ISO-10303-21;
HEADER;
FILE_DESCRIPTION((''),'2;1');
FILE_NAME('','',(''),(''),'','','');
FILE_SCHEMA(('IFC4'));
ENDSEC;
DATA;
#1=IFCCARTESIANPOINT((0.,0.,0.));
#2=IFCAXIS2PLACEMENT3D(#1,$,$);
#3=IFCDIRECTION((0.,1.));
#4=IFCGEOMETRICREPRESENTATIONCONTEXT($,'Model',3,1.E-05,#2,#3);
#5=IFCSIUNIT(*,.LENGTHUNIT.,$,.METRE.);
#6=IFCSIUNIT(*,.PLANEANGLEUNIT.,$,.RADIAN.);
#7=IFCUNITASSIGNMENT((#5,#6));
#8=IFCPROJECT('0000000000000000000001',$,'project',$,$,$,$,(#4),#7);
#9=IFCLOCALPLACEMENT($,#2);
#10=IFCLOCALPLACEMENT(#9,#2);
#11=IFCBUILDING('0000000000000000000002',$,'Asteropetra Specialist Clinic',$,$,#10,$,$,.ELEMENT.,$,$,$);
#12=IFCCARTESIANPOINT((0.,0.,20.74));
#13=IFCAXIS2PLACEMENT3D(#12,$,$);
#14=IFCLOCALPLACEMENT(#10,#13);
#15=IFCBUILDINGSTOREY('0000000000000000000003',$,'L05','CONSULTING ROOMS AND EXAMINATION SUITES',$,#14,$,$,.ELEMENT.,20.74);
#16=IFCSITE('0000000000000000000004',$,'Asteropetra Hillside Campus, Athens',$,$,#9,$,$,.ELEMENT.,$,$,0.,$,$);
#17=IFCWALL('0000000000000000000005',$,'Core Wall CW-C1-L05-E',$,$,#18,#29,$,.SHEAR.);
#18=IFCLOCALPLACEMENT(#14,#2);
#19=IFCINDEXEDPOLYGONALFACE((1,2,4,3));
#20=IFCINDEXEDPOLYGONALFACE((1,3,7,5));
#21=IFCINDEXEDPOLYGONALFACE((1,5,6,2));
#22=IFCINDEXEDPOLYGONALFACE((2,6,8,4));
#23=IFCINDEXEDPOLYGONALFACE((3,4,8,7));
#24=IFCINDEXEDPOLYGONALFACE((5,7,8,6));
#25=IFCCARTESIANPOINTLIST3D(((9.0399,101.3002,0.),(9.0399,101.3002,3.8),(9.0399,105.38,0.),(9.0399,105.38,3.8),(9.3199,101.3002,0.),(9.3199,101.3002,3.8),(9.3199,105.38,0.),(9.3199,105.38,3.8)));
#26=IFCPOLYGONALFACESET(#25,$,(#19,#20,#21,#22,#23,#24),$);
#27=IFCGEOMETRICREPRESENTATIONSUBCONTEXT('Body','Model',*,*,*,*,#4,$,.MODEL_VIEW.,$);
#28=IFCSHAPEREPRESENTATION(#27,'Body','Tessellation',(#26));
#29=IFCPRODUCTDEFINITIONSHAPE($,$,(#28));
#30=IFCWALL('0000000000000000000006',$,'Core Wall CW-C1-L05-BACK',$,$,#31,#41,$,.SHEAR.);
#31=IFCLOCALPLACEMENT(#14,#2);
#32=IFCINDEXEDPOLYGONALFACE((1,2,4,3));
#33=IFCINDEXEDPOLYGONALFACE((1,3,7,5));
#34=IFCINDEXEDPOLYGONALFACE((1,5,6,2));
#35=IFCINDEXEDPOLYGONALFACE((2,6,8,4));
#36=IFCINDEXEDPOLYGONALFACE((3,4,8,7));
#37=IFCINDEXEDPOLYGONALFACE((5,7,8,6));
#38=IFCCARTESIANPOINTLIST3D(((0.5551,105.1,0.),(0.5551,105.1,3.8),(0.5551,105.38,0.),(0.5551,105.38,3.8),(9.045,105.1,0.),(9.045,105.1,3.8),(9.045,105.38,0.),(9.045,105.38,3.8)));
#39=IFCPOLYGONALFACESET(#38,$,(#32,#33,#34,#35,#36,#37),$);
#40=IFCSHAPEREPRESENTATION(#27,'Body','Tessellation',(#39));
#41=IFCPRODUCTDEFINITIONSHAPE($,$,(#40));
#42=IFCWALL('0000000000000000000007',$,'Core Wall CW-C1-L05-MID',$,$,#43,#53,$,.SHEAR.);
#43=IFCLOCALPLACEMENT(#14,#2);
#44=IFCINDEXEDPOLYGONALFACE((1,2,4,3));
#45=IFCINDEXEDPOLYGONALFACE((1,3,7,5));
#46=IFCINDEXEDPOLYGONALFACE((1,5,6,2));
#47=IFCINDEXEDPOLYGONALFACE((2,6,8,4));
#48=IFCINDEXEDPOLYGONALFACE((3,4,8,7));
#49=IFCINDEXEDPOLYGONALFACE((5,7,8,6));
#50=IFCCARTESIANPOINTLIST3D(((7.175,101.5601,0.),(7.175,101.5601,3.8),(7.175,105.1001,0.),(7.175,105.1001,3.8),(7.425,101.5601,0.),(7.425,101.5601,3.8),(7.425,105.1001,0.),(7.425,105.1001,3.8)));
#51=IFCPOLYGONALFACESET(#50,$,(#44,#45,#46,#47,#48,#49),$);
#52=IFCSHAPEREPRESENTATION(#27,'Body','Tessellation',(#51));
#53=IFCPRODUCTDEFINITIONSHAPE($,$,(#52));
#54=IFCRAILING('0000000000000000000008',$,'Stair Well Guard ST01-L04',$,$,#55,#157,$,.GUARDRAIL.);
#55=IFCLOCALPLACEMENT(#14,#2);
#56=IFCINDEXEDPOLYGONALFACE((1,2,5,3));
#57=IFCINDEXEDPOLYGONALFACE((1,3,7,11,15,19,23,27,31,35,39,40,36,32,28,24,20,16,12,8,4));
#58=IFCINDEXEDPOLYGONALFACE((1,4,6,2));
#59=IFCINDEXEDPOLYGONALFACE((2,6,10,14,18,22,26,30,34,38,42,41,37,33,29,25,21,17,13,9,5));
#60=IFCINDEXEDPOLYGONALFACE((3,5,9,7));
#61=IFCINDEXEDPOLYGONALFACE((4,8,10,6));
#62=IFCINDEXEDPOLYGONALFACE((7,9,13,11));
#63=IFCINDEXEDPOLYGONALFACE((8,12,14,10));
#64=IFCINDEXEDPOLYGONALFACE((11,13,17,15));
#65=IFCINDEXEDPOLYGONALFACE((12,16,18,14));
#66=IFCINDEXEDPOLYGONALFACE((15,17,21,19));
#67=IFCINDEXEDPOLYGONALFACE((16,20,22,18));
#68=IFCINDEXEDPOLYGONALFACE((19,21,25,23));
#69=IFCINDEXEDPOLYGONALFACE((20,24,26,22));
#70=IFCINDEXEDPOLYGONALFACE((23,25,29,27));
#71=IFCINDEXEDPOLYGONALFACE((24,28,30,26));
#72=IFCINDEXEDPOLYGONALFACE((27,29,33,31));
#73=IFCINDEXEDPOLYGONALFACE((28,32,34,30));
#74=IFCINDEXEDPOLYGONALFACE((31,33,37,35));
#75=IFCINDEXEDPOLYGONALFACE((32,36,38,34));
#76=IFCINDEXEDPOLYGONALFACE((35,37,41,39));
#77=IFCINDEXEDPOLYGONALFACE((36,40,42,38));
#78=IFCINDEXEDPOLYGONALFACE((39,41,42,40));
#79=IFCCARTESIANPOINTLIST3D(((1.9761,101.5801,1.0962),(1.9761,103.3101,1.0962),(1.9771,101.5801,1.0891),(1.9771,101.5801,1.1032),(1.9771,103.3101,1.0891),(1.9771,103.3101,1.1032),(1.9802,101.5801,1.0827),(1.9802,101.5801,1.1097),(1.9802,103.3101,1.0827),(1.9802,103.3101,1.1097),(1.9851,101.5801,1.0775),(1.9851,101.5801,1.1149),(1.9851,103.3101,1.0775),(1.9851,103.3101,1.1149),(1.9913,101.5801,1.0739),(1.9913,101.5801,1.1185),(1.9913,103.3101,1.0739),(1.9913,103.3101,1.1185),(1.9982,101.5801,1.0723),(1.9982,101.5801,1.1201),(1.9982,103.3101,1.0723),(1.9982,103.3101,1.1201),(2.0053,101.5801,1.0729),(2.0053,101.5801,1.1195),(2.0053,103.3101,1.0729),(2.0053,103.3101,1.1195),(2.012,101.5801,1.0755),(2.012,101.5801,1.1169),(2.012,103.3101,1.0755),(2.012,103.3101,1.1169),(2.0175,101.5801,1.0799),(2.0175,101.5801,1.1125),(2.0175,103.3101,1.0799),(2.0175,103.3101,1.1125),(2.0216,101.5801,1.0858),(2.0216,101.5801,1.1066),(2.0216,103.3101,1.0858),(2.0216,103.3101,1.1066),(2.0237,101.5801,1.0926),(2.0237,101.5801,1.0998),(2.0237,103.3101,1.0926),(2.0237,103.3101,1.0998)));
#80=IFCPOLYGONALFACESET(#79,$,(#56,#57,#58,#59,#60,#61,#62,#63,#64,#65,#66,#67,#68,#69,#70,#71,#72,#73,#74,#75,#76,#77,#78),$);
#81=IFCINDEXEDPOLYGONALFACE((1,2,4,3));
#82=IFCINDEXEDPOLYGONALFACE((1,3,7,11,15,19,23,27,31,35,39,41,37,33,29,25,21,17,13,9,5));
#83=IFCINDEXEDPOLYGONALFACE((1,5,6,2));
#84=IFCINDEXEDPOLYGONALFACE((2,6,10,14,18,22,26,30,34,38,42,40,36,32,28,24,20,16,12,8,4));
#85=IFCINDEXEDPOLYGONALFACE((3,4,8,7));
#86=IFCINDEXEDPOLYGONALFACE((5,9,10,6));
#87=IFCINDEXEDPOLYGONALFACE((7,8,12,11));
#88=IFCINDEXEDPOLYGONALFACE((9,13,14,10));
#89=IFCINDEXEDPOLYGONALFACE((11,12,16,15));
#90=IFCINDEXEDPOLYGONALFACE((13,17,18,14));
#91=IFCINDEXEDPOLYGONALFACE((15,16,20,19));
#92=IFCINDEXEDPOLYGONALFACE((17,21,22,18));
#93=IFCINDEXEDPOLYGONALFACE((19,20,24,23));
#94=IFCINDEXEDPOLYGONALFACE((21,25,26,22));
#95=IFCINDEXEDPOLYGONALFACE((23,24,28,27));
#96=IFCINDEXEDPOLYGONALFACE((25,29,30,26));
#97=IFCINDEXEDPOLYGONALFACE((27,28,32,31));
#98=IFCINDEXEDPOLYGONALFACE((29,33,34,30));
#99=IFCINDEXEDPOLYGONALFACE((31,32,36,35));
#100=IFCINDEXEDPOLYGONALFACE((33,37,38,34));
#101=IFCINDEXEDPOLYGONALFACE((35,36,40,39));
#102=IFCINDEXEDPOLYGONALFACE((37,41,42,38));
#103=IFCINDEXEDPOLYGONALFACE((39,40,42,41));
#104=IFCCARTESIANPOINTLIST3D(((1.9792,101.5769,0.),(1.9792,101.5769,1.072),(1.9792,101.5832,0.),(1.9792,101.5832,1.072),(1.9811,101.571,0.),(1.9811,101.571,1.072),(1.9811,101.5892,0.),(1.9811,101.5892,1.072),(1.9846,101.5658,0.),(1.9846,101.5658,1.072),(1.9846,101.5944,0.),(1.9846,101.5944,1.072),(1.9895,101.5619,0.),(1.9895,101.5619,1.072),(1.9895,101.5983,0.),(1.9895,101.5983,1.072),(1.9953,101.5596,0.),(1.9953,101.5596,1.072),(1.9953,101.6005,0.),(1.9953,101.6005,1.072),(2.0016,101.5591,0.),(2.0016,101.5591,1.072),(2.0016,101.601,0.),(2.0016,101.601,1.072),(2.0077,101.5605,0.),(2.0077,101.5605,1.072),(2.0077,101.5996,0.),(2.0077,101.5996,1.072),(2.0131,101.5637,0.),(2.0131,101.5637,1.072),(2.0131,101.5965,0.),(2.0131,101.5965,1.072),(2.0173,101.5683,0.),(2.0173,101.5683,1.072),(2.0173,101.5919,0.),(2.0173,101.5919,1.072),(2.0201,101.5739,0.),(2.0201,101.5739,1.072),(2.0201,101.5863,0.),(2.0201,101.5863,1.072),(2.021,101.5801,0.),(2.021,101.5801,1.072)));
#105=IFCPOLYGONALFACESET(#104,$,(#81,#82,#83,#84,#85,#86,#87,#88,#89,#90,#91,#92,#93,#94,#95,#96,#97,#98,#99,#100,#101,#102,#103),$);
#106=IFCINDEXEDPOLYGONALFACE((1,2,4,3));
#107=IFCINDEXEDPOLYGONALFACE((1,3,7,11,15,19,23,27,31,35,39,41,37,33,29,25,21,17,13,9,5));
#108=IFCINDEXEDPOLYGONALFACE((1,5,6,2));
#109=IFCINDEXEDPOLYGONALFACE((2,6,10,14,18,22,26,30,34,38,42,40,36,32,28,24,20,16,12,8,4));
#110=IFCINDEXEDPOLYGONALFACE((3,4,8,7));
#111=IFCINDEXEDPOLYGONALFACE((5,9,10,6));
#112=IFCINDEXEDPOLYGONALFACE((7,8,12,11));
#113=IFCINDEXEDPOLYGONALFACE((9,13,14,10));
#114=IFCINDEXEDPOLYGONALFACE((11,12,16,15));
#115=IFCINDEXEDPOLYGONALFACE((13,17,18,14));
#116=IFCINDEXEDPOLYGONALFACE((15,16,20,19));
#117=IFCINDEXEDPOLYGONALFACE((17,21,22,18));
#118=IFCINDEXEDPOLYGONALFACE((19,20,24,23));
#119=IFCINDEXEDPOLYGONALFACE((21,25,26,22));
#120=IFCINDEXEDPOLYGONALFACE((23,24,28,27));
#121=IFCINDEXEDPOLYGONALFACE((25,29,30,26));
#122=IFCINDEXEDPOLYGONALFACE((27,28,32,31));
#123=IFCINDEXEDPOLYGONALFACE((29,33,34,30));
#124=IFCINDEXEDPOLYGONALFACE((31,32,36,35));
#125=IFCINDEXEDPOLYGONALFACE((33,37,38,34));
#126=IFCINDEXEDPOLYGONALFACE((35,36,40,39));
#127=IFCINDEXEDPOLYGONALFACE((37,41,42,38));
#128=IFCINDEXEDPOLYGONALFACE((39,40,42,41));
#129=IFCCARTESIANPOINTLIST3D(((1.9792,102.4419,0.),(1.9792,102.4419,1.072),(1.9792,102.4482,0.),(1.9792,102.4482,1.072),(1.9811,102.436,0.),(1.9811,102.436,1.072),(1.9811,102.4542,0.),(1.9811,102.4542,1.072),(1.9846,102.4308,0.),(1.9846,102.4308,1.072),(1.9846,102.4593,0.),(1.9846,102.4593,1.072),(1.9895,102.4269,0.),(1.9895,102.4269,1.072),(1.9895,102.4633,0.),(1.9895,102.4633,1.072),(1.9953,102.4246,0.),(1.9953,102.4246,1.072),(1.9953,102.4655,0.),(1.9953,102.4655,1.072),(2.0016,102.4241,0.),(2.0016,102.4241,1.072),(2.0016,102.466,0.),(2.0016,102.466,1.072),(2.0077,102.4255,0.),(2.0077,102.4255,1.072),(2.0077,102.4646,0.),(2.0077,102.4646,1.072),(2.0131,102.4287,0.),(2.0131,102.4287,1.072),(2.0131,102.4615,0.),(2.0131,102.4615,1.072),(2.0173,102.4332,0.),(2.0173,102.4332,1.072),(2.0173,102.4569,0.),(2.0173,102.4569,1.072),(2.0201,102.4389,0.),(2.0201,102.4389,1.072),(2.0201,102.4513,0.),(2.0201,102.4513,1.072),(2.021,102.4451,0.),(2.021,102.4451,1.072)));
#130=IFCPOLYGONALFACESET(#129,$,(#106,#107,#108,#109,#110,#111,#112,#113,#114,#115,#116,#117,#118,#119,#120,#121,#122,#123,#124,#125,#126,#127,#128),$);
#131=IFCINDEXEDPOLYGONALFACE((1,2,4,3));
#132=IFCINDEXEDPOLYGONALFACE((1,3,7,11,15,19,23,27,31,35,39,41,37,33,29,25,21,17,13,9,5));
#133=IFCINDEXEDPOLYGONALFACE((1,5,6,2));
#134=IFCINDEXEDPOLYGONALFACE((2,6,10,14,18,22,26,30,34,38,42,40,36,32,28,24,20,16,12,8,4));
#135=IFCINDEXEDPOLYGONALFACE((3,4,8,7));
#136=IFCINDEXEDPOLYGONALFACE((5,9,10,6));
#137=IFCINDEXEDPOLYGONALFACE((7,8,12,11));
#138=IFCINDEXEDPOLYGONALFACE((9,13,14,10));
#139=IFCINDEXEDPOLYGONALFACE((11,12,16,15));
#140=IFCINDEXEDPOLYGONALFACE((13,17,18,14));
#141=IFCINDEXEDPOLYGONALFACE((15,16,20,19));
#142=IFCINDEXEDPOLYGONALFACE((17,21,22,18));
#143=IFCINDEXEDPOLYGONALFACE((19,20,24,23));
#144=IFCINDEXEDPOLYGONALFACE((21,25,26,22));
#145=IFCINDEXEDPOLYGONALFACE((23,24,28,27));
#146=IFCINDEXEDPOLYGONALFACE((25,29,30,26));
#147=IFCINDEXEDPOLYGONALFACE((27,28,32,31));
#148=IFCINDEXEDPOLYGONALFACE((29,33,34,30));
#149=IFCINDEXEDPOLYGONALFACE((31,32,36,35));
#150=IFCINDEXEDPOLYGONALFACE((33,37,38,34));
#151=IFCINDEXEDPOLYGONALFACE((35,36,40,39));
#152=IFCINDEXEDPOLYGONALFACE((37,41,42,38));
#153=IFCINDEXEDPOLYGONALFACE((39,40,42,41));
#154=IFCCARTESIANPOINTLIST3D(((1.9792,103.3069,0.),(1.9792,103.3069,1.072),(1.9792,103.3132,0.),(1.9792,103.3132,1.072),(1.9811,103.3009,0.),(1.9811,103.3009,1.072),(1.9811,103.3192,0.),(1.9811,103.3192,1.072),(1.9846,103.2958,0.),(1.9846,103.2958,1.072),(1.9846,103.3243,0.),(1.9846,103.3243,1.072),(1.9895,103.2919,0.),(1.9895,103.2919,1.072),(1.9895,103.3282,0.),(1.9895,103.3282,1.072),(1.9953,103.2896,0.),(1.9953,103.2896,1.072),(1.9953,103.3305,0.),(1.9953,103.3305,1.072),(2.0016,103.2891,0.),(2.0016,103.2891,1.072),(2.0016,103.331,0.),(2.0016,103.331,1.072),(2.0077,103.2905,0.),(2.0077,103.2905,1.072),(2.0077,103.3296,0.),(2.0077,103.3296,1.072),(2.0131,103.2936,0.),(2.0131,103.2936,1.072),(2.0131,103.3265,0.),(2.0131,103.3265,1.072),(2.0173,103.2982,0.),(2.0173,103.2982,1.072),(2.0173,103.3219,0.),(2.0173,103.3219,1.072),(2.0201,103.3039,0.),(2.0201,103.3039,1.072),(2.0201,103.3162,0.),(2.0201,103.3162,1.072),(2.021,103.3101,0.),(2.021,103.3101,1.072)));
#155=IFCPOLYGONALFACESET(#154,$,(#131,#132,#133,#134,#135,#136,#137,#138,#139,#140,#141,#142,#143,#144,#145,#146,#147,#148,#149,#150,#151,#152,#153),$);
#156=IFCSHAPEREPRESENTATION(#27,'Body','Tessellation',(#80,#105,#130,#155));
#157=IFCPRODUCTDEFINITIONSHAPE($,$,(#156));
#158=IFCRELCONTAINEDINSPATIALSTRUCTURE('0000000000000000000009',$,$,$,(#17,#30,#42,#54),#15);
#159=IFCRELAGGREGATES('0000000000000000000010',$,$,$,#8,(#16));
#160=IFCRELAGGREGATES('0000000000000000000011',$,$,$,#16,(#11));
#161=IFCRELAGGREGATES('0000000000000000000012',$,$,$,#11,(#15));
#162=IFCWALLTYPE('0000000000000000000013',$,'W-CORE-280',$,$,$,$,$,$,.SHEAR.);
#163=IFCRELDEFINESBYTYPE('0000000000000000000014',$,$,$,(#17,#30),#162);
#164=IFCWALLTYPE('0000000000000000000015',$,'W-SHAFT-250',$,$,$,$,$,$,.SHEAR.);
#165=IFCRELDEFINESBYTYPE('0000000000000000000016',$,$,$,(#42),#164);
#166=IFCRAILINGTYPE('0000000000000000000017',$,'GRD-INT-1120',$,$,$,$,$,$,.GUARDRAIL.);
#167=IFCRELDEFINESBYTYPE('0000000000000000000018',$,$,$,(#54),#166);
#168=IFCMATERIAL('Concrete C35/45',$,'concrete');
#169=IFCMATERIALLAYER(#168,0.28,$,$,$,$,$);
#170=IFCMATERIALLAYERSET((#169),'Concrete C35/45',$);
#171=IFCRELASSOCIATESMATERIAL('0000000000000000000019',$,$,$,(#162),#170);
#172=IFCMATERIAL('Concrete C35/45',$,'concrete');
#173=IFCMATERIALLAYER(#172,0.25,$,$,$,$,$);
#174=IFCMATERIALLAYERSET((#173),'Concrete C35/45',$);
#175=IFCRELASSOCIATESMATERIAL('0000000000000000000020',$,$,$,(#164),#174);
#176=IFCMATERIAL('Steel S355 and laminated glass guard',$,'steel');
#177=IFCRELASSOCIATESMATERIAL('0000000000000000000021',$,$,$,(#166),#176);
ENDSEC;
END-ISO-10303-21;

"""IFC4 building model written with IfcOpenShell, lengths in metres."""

from ifc_helpers import new_model, si_unit, direction, frame, frame_2d, origin, origin_2d, place, context, subcontext, project, spatial, rectangle, circle, extrude, material, layer, layer_set, type_object, element, save


model = new_model("IFC4")

# Units and contexts
model_context = context("Model", 3, precision=1e-05, world=origin(), true_north=direction((0.0, 1.0)))
body_context = subcontext(model_context, "Body", "Model", "MODEL_VIEW")
ifc_project = project(units=[si_unit("LENGTHUNIT", "METRE"), si_unit("PLANEANGLEUNIT", "RADIAN")], contexts=[model_context])

# Site, building, storey
site_placement = place(None, origin())
site = spatial("IfcSite", under=ifc_project, at=site_placement, Name="Asteropetra Hillside Campus, Athens", CompositionType="ELEMENT", RefElevation=0.0)
building_placement = place(site_placement, origin())
building = spatial("IfcBuilding", under=site, at=building_placement, Name="Asteropetra Specialist Clinic", CompositionType="ELEMENT")
storey_placement = place(building_placement, frame((0.0, 0.0, 20.74)))
storey = spatial("IfcBuildingStorey", under=building, at=storey_placement, Name="L05", Description="CONSULTING ROOMS AND EXAMINATION SUITES", CompositionType="ELEMENT", Elevation=20.74)

# Walls
ifc_material_1 = material(Name="Concrete C35/45", Category="concrete")
ifc_layer_1 = layer(ifc_material_1, 0.28)
ifc_layer_set_1 = layer_set([ifc_layer_1], Name="Concrete C35/45")
wall_type_1 = type_object("IfcWallType", Name="W-CORE-280", PredefinedType="SHEAR", material=ifc_layer_set_1)
for number, where, z_axis, x_axis, name in (
    (1, (9.1799, 101.3, 0.0), (0.0, 0.0, 1.0), (0.0, 1.0, 0.0), "Core Wall CW-C1-L05-E"),
):
    element("IfcWall", number, at=place(storey_placement, frame(where, z_axis=z_axis, x_axis=x_axis)), inside=storey, type_object=wall_type_1, Name=name, PredefinedType="SHEAR", context=body_context, shape_type="SweptSolid", body=[
        extrude(rectangle(XDim=4.0798, YDim=0.28, at=frame_2d((2.04, 0.0))), origin(), (0.0, 0.0, 1.0), 3.8),
    ])
wall_1_placement = place(storey_placement, frame((0.5549, 105.24, 0.0), z_axis=(0.0, 0.0, 1.0), x_axis=(1.0, 0.0, 0.0)))
element("IfcWall", 2, at=wall_1_placement, inside=storey, type_object=wall_type_1, Name="Core Wall CW-C1-L05-BACK", PredefinedType="SHEAR", context=body_context, shape_type="SweptSolid", body=[
    extrude(rectangle(XDim=8.49, YDim=0.28, at=frame_2d((4.2451, 0.0))), origin(), (0.0, 0.0, 1.0), 3.8),
])
ifc_material_2 = material(Name="Concrete C35/45", Category="concrete")
ifc_layer_2 = layer(ifc_material_2, 0.25)
ifc_layer_set_2 = layer_set([ifc_layer_2], Name="Concrete C35/45")
wall_type_2 = type_object("IfcWallType", Name="W-SHAFT-250", PredefinedType="SHEAR", material=ifc_layer_set_2)
wall_2_placement = place(storey_placement, frame((7.3, 101.5601, 0.0), z_axis=(0.0, 0.0, 1.0), x_axis=(0.0, 1.0, 0.0)))
element("IfcWall", 3, at=wall_2_placement, inside=storey, type_object=wall_type_2, Name="Core Wall CW-C1-L05-MID", PredefinedType="SHEAR", context=body_context, shape_type="SweptSolid", body=[
    extrude(rectangle(XDim=3.54, YDim=0.25, at=frame_2d((1.77, 0.0))), origin(), (0.0, 0.0, 1.0), 3.8),
])

# Railing
ifc_material_3 = material(Name="Steel S355 and laminated glass guard", Category="steel")
railing_type = type_object("IfcRailingType", Name="GRD-INT-1120", PredefinedType="GUARDRAIL", material=ifc_material_3)
railing_placement = place(storey_placement, frame((2.0, 101.5801, 0.0)))
element("IfcRailing", 4, at=railing_placement, inside=storey, type_object=railing_type, Name="Stair Well Guard ST01-L04", PredefinedType="GUARDRAIL", context=body_context, shape_type="SweptSolid", body=[
    extrude(circle(Radius=0.0239, at=origin_2d()), frame((0.0, 0.0, 1.0962), z_axis=(0.0, 1.0, 0.0), x_axis=(-1.0, 0.0, 0.0)), (0.0, 0.0, 1.0), 1.73),
    extrude(circle(Radius=0.021, at=origin_2d()), origin(), (0.0, 0.0, 1.0), 1.072),
    extrude(circle(Radius=0.021, at=origin_2d()), frame((0.0, 0.865, 0.0)), (0.0, 0.0, 1.0), 1.072),
    extrude(circle(Radius=0.021, at=origin_2d()), frame((0.0, 1.73, 0.0)), (0.0, 0.0, 1.0), 1.072),
])

save(model, "model.ifc")
